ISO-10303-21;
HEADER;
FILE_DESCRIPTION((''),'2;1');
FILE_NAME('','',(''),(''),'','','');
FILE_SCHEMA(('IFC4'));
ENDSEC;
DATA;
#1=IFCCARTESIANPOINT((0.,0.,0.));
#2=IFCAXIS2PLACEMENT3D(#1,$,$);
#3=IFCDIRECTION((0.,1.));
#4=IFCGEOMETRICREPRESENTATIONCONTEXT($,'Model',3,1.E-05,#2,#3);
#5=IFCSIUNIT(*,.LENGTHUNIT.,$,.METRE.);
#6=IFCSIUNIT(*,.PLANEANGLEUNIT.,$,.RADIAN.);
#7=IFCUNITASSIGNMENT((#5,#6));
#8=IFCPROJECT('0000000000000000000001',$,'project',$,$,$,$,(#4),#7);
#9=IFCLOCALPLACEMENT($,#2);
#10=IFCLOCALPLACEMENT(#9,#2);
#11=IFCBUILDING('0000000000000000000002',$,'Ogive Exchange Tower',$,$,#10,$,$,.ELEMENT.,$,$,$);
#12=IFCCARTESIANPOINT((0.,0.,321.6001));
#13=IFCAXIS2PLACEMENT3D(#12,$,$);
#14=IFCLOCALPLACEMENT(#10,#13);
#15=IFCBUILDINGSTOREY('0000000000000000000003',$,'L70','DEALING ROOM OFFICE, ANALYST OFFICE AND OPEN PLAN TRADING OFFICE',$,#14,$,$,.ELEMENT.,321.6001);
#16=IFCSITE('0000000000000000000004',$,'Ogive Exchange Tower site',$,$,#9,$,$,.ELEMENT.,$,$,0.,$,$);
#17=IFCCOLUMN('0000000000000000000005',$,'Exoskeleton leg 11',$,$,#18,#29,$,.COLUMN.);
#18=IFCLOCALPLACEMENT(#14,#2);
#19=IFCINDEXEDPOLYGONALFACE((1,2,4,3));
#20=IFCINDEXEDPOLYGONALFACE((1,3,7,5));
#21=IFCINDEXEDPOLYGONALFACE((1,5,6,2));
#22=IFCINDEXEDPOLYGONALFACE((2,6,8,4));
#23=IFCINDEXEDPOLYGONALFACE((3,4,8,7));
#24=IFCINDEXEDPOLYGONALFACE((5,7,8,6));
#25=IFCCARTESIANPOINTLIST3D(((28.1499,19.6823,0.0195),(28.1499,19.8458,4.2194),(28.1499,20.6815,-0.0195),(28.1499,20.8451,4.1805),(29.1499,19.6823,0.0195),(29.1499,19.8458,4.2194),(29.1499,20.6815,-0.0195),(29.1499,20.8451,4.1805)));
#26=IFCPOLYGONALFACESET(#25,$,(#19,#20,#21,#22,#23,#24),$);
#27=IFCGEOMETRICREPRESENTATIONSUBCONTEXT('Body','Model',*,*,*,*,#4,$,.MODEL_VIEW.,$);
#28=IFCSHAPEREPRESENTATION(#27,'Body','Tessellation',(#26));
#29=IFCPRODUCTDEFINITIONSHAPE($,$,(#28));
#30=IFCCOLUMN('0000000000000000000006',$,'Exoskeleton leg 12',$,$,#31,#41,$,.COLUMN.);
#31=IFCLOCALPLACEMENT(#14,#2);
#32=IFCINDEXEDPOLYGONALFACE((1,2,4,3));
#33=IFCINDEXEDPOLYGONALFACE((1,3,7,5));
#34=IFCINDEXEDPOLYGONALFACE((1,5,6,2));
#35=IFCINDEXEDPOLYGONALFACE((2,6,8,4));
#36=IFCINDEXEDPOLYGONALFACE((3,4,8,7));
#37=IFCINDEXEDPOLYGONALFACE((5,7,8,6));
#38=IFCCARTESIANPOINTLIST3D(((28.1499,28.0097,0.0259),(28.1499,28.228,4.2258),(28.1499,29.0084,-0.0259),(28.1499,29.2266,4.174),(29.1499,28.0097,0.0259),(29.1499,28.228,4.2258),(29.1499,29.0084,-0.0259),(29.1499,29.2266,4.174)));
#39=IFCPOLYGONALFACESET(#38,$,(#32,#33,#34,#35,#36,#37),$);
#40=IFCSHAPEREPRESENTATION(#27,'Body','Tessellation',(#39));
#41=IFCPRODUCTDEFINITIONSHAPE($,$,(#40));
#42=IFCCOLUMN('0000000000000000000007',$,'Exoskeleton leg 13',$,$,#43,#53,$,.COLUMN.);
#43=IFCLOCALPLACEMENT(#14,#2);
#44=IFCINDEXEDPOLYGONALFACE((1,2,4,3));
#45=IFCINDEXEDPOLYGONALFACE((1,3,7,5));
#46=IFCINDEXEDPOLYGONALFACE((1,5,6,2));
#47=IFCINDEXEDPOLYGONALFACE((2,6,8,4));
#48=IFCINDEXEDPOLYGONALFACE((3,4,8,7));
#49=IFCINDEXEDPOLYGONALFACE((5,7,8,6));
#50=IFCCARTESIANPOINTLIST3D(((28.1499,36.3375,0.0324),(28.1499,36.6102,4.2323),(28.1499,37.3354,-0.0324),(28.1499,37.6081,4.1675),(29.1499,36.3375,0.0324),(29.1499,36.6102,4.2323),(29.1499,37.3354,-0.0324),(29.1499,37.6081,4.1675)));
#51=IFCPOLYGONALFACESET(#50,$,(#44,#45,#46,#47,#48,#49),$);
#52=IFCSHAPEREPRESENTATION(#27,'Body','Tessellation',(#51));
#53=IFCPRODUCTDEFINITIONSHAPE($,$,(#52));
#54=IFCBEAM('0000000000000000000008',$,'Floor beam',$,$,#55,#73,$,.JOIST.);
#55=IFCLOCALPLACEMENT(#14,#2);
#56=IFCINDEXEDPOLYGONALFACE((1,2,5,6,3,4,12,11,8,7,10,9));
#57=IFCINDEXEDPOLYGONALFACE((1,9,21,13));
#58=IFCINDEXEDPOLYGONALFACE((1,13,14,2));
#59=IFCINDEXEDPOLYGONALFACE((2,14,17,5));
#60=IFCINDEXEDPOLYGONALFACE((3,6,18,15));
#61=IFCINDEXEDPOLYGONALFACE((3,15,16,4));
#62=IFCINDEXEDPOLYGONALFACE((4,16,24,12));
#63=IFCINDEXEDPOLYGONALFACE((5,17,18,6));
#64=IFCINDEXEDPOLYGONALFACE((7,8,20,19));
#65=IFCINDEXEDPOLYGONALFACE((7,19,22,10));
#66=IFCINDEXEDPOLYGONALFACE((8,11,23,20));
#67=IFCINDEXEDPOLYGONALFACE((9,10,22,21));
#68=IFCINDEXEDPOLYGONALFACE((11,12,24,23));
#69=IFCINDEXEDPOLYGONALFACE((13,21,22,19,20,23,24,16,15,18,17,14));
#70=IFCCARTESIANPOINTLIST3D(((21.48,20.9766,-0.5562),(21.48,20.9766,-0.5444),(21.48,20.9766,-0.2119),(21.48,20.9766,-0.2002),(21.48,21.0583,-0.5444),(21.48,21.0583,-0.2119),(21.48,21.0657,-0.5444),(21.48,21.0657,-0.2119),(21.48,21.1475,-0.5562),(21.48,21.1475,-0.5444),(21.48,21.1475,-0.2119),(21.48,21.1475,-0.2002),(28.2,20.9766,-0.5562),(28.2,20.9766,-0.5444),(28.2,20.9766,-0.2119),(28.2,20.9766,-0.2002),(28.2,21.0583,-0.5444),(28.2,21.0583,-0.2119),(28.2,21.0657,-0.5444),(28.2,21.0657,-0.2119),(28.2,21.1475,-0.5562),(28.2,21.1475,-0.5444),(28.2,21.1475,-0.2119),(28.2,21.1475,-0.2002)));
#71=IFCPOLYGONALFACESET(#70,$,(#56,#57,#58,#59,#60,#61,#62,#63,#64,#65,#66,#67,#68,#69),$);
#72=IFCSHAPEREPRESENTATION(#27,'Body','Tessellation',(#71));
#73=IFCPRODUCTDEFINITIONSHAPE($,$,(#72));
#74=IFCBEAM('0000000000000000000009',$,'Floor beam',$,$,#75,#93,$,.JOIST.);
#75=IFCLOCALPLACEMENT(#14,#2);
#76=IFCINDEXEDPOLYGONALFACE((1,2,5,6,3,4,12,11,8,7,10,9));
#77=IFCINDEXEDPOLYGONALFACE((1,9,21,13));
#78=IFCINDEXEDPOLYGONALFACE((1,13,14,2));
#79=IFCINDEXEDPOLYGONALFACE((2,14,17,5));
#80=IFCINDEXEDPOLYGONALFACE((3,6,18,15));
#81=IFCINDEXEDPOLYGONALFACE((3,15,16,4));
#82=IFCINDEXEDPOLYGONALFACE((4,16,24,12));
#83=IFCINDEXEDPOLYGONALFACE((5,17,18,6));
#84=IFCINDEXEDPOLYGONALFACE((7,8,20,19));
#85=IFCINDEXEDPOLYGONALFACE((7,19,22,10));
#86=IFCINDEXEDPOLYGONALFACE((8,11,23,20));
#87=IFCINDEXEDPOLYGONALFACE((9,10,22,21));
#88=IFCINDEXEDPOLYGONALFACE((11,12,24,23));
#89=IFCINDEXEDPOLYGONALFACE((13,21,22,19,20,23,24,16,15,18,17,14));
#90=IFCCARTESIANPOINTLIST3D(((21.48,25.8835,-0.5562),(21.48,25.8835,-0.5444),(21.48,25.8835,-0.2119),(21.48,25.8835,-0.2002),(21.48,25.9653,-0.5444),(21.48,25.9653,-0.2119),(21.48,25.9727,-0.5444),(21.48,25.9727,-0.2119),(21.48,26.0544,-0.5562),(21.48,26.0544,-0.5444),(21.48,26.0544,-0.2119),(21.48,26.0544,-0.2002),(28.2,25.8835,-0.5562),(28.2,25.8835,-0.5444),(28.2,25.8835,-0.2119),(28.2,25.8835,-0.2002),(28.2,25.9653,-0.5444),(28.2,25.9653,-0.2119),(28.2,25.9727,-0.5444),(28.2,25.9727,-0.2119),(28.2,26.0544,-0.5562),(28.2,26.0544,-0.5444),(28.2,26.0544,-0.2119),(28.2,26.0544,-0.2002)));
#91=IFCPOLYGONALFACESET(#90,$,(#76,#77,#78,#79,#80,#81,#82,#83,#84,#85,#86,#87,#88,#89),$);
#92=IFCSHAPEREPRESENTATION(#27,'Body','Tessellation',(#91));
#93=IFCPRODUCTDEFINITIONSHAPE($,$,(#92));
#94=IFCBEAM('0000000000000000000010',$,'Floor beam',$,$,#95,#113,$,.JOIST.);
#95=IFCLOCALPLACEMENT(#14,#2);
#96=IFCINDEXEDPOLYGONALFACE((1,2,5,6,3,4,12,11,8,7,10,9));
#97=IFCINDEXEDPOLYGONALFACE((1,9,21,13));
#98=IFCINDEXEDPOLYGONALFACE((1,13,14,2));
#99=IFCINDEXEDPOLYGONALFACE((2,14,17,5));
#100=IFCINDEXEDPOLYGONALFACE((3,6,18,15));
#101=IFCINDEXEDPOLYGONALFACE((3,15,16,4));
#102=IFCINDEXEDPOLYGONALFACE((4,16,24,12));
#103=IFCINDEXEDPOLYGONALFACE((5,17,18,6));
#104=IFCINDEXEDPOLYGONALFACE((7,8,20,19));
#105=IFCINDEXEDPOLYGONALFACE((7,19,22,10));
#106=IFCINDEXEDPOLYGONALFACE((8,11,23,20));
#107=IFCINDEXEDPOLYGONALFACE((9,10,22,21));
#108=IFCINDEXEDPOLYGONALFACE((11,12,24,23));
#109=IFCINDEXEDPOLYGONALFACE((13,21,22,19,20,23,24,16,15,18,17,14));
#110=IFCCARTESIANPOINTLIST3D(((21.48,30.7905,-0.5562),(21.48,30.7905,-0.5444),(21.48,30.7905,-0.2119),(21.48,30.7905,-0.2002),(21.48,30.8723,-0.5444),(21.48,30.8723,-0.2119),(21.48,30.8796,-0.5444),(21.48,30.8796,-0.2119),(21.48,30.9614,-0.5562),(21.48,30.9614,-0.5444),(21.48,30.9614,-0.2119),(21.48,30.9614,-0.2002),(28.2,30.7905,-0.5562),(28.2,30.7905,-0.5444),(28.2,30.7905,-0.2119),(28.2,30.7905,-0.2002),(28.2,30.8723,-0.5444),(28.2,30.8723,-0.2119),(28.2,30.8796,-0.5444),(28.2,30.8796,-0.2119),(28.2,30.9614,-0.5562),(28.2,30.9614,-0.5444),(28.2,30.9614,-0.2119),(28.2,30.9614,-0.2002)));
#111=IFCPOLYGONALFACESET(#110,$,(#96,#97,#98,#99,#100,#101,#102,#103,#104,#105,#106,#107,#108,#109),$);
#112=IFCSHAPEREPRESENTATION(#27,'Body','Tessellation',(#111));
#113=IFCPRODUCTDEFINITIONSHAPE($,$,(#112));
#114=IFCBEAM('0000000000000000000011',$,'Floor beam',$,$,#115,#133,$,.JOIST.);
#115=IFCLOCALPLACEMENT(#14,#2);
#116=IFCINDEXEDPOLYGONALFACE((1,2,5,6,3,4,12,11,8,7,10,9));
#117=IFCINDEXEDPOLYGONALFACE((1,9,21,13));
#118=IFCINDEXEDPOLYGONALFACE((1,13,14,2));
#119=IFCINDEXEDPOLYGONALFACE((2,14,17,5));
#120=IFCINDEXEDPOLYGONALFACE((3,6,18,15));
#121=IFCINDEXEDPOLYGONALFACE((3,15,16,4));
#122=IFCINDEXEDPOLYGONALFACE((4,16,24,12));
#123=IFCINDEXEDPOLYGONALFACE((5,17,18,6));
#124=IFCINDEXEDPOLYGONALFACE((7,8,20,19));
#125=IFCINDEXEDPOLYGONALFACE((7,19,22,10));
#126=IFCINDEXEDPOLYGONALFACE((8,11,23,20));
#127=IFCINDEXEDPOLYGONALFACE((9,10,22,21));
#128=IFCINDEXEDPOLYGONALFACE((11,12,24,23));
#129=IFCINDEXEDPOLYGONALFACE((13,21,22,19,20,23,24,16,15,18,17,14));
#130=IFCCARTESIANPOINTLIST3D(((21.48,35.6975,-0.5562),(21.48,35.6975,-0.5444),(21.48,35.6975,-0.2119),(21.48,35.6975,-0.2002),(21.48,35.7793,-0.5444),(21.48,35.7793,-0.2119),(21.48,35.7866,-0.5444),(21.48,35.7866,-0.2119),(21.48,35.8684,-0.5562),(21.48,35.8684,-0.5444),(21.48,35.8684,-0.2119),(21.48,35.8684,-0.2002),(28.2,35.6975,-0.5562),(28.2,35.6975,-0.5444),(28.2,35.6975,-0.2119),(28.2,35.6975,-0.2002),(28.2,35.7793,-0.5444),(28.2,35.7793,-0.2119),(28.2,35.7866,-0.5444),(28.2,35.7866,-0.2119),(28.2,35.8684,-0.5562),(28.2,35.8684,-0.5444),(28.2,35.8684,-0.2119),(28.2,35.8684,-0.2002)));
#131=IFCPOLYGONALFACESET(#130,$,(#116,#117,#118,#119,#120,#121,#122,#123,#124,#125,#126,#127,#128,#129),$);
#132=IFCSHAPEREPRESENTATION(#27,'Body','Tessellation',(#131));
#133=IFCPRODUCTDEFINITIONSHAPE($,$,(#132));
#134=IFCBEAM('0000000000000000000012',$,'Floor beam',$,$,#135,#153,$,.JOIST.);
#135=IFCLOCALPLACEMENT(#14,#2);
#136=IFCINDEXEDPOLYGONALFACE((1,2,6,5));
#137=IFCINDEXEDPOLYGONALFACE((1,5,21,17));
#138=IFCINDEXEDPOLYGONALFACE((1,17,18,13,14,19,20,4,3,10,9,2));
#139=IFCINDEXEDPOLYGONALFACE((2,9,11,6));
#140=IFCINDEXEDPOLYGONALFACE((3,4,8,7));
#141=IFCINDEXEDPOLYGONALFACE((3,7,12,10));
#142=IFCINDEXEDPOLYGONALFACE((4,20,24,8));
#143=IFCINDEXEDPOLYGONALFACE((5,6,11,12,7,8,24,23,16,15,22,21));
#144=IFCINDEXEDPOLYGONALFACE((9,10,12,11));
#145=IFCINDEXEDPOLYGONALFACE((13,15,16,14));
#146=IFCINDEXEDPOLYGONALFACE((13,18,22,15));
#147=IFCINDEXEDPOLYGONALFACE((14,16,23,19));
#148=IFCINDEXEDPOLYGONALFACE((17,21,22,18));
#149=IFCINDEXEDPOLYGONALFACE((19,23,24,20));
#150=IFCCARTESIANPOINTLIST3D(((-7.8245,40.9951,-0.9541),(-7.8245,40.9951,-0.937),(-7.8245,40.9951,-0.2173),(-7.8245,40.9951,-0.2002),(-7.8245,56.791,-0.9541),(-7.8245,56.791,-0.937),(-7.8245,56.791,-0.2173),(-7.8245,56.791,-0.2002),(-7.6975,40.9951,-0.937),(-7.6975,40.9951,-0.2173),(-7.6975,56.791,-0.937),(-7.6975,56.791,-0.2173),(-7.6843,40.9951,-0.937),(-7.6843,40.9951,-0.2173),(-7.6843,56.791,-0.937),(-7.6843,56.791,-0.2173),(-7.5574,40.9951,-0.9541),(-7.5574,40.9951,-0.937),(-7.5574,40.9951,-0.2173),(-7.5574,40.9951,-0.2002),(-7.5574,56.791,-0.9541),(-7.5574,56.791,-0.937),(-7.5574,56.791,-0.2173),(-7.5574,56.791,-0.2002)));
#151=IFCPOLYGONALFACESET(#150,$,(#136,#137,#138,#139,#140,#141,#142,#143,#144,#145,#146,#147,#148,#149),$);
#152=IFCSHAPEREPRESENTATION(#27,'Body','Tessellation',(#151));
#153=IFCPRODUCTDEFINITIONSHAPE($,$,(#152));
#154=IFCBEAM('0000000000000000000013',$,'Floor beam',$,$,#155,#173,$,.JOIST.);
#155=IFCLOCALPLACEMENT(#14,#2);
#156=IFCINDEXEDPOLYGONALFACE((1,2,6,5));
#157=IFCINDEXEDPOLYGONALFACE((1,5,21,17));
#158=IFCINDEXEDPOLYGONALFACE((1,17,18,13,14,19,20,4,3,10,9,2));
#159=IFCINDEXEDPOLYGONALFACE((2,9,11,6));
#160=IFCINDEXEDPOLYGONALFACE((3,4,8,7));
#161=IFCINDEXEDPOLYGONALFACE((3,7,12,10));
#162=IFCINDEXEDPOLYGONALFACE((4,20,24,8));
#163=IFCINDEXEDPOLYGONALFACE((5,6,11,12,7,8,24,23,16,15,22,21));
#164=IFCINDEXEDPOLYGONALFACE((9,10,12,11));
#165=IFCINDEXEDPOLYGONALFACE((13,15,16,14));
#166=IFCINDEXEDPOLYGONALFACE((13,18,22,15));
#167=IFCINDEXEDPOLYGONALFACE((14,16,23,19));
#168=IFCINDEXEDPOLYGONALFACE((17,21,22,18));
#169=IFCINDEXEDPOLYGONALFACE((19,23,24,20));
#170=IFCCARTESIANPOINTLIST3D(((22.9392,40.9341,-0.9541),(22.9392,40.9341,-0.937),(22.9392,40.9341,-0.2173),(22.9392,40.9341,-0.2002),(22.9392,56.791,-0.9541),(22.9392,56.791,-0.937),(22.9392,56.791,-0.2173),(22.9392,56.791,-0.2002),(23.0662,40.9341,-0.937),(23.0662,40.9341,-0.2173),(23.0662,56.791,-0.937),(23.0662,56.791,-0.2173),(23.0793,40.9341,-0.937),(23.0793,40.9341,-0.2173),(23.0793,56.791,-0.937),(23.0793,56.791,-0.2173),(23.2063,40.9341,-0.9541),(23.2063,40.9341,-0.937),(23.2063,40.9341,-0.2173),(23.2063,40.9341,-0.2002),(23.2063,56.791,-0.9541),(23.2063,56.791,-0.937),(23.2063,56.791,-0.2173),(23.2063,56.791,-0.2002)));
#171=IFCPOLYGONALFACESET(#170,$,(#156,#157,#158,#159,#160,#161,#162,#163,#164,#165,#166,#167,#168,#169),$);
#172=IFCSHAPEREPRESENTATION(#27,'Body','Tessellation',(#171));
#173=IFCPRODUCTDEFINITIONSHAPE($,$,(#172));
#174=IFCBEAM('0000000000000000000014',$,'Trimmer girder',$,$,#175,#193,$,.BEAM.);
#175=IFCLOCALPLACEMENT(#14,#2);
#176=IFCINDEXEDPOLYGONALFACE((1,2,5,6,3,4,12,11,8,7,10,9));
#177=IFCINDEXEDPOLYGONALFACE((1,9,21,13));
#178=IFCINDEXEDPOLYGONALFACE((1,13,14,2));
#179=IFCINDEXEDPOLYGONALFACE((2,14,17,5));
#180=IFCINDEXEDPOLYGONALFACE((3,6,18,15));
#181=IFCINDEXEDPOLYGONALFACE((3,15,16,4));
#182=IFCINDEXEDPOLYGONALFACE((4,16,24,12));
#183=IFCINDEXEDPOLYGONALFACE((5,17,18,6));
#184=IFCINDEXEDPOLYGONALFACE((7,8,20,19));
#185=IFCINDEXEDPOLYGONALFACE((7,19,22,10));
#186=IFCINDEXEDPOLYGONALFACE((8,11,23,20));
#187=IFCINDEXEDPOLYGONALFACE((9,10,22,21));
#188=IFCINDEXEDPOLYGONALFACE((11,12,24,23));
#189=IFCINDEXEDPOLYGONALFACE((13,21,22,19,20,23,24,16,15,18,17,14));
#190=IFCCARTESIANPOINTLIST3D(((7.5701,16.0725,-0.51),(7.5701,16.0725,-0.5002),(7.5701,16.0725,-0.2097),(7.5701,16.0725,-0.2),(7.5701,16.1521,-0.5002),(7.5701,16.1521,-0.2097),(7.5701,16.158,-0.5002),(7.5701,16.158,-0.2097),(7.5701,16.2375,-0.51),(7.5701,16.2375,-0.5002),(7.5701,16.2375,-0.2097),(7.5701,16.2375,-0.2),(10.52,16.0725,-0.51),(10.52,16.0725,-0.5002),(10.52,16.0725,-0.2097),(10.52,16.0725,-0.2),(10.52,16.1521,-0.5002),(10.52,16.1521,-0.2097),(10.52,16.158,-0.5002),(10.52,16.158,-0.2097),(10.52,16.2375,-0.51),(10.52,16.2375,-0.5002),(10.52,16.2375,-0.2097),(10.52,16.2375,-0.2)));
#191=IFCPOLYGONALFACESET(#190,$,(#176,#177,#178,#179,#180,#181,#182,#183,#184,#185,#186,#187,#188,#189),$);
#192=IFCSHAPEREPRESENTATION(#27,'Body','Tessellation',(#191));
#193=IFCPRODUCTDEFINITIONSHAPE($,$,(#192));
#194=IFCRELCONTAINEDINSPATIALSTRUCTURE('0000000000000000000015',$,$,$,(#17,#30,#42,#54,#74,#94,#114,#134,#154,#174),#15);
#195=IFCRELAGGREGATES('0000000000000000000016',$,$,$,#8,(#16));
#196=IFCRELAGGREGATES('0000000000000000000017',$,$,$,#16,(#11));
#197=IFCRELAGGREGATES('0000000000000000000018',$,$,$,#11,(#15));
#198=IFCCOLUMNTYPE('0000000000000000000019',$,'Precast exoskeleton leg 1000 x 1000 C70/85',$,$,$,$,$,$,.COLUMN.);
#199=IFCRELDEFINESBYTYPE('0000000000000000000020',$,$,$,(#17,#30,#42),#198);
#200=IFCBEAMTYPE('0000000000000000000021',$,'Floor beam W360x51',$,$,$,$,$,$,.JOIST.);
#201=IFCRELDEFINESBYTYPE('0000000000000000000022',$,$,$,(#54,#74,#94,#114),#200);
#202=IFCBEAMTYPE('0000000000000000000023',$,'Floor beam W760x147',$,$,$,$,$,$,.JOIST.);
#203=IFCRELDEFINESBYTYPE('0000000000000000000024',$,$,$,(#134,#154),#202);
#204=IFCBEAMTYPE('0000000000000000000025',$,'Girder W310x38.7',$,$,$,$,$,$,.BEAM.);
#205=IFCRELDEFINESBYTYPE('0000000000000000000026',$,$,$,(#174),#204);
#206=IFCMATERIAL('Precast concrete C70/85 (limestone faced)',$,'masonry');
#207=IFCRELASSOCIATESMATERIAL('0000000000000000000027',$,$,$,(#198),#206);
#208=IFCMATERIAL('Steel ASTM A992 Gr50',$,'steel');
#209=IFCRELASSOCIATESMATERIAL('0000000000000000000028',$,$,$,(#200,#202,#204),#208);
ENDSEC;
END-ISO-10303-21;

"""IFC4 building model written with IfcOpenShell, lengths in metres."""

from ifc_helpers import new_model, si_unit, direction, frame, origin, origin_2d, place, context, subcontext, project, spatial, rectangle, i_section, extrude, material, material_profile, profile_set, type_object, element, save


model = new_model("IFC4")

# Units and contexts
model_context = context("Model", 3, precision=1e-05, world=origin(), true_north=direction((0.0, 1.0)))
body_context = subcontext(model_context, "Body", "Model", "MODEL_VIEW")
ifc_project = project(units=[si_unit("LENGTHUNIT", "METRE"), si_unit("PLANEANGLEUNIT", "RADIAN")], contexts=[model_context])

# Site, building, storey
site_placement = place(None, origin())
site = spatial("IfcSite", under=ifc_project, at=site_placement, Name="Ogive Exchange Tower site", CompositionType="ELEMENT", RefElevation=0.0)
building_placement = place(site_placement, origin())
building = spatial("IfcBuilding", under=site, at=building_placement, Name="Ogive Exchange Tower", CompositionType="ELEMENT")
storey_placement = place(building_placement, frame((0.0, 0.0, 321.6001)))
storey = spatial("IfcBuildingStorey", under=building, at=storey_placement, Name="L70", Description="DEALING ROOM OFFICE, ANALYST OFFICE AND OPEN PLAN TRADING OFFICE", CompositionType="ELEMENT", Elevation=321.6001)

# Columns
ifc_material_1 = material(Name="Precast concrete C70/85 (limestone faced)", Category="masonry")
ifc_material_profile_1 = material_profile(ifc_material_1, rectangle(XDim=1.0, YDim=1.0, at=origin_2d()), Name="1000 x 1000")
ifc_profile_set_1 = profile_set([ifc_material_profile_1], Name="Precast concrete C70/85 (limestone faced)")
column_type = type_object("IfcColumnType", Name="Precast exoskeleton leg 1000 x 1000 C70/85", PredefinedType="COLUMN", material=ifc_profile_set_1)
column_1_placement = place(storey_placement, frame((28.6499, 20.1819, 0.0), z_axis=(0.0, 0.038917, 0.999242), x_axis=(-1.0, 0.0, 0.0)))
element("IfcColumn", 1, at=column_1_placement, inside=storey, type_object=column_type, Name="Exoskeleton leg 11", PredefinedType="COLUMN", context=body_context, shape_type="SweptSolid", body=[
    extrude(rectangle(XDim=1.0, YDim=1.0, at=origin_2d()), origin(), (0.0, 0.0, 1.0), 4.2031),
])
column_2_placement = place(storey_placement, frame((28.6499, 28.509, 0.0), z_axis=(0.0, 0.051898, 0.998652), x_axis=(-1.0, 0.0, 0.0)))
element("IfcColumn", 2, at=column_2_placement, inside=storey, type_object=column_type, Name="Exoskeleton leg 12", PredefinedType="COLUMN", context=body_context, shape_type="SweptSolid", body=[
    extrude(rectangle(XDim=1.0, YDim=1.0, at=origin_2d()), origin(), (0.0, 0.0, 1.0), 4.2056),
])
column_3_placement = place(storey_placement, frame((28.6499, 36.8364, 0.0), z_axis=(0.0, 0.064794, 0.997899), x_axis=(-1.0, 0.0, 0.0)))
element("IfcColumn", 3, at=column_3_placement, inside=storey, type_object=column_type, Name="Exoskeleton leg 13", PredefinedType="COLUMN", context=body_context, shape_type="SweptSolid", body=[
    extrude(rectangle(XDim=1.0, YDim=1.0, at=origin_2d()), origin(), (0.0, 0.0, 1.0), 4.2087),
])

# Beams
ifc_material_2 = material(Name="Steel ASTM A992 Gr50", Category="steel")
ifc_material_profile_2 = material_profile(ifc_material_2, i_section(OverallWidth=0.1709, OverallDepth=0.356, WebThickness=0.0073, FlangeThickness=0.0117, at=origin_2d()), Name="W360x51")
ifc_profile_set_2 = profile_set([ifc_material_profile_2], Name="Steel ASTM A992 Gr50")
beam_type_1 = type_object("IfcBeamType", Name="Floor beam W360x51", PredefinedType="JOIST", material=ifc_profile_set_2)
for number, where, z_axis, x_axis, name in (
    (4, (21.48, 21.062, -0.3782), (1.0, 0.0, 0.0), (0.0, 1.0, 0.0), "Floor beam"),
    (5, (21.48, 25.969, -0.3782), (1.0, 0.0, 0.0), (0.0, 1.0, 0.0), "Floor beam"),
    (6, (21.48, 30.876, -0.3782), (1.0, 0.0, 0.0), (0.0, 1.0, 0.0), "Floor beam"),
    (7, (21.48, 35.783, -0.3782), (1.0, 0.0, 0.0), (0.0, 1.0, 0.0), "Floor beam"),
):
    element("IfcBeam", number, at=place(storey_placement, frame(where, z_axis=z_axis, x_axis=x_axis)), inside=storey, type_object=beam_type_1, Name=name, PredefinedType="JOIST", context=body_context, shape_type="SweptSolid", body=[
        extrude(i_section(OverallWidth=0.1709, OverallDepth=0.356, WebThickness=0.0073, FlangeThickness=0.0117, at=origin_2d()), origin(), (0.0, 0.0, 1.0), 6.72),
    ])
ifc_material_profile_3 = material_profile(ifc_material_2, i_section(OverallWidth=0.2671, OverallDepth=0.7539, WebThickness=0.0132, FlangeThickness=0.0171, at=origin_2d()), Name="W760x147")
ifc_profile_set_3 = profile_set([ifc_material_profile_3], Name="Steel ASTM A992 Gr50")
beam_type_2 = type_object("IfcBeamType", Name="Floor beam W760x147", PredefinedType="JOIST", material=ifc_profile_set_3)
beam_1_placement = place(storey_placement, frame((-7.6909, 40.9951, -0.5771), z_axis=(0.0, 1.0, 0.0), x_axis=(-1.0, 0.0, 0.0)))
element("IfcBeam", 8, at=beam_1_placement, inside=storey, type_object=beam_type_2, Name="Floor beam", PredefinedType="JOIST", context=body_context, shape_type="SweptSolid", body=[
    extrude(i_section(OverallWidth=0.2671, OverallDepth=0.7539, WebThickness=0.0132, FlangeThickness=0.0171, at=origin_2d()), origin(), (0.0, 0.0, 1.0), 15.7959),
])
beam_2_placement = place(storey_placement, frame((23.0728, 40.9341, -0.5771), z_axis=(0.0, 1.0, 0.0), x_axis=(-1.0, 0.0, 0.0)))
element("IfcBeam", 9, at=beam_2_placement, inside=storey, type_object=beam_type_2, Name="Floor beam", PredefinedType="JOIST", context=body_context, shape_type="SweptSolid", body=[
    extrude(i_section(OverallWidth=0.2671, OverallDepth=0.7539, WebThickness=0.0132, FlangeThickness=0.0171, at=origin_2d()), origin(), (0.0, 0.0, 1.0), 15.8569),
])
ifc_material_profile_4 = material_profile(ifc_material_2, i_section(OverallWidth=0.165, OverallDepth=0.3101, WebThickness=0.0059, FlangeThickness=0.0098, at=origin_2d()), Name="W310x38.7")
ifc_profile_set_4 = profile_set([ifc_material_profile_4], Name="Steel ASTM A992 Gr50")
beam_type_3 = type_object("IfcBeamType", Name="Girder W310x38.7", PredefinedType="BEAM", material=ifc_profile_set_4)
beam_3_placement = place(storey_placement, frame((7.5701, 16.155, -0.355), z_axis=(1.0, 0.0, 0.0), x_axis=(0.0, 1.0, 0.0)))
element("IfcBeam", 10, at=beam_3_placement, inside=storey, type_object=beam_type_3, Name="Trimmer girder", PredefinedType="BEAM", context=body_context, shape_type="SweptSolid", body=[
    extrude(i_section(OverallWidth=0.165, OverallDepth=0.3101, WebThickness=0.0059, FlangeThickness=0.0098, at=origin_2d()), origin(), (0.0, 0.0, 1.0), 2.95),
])

save(model, "model.ifc")
